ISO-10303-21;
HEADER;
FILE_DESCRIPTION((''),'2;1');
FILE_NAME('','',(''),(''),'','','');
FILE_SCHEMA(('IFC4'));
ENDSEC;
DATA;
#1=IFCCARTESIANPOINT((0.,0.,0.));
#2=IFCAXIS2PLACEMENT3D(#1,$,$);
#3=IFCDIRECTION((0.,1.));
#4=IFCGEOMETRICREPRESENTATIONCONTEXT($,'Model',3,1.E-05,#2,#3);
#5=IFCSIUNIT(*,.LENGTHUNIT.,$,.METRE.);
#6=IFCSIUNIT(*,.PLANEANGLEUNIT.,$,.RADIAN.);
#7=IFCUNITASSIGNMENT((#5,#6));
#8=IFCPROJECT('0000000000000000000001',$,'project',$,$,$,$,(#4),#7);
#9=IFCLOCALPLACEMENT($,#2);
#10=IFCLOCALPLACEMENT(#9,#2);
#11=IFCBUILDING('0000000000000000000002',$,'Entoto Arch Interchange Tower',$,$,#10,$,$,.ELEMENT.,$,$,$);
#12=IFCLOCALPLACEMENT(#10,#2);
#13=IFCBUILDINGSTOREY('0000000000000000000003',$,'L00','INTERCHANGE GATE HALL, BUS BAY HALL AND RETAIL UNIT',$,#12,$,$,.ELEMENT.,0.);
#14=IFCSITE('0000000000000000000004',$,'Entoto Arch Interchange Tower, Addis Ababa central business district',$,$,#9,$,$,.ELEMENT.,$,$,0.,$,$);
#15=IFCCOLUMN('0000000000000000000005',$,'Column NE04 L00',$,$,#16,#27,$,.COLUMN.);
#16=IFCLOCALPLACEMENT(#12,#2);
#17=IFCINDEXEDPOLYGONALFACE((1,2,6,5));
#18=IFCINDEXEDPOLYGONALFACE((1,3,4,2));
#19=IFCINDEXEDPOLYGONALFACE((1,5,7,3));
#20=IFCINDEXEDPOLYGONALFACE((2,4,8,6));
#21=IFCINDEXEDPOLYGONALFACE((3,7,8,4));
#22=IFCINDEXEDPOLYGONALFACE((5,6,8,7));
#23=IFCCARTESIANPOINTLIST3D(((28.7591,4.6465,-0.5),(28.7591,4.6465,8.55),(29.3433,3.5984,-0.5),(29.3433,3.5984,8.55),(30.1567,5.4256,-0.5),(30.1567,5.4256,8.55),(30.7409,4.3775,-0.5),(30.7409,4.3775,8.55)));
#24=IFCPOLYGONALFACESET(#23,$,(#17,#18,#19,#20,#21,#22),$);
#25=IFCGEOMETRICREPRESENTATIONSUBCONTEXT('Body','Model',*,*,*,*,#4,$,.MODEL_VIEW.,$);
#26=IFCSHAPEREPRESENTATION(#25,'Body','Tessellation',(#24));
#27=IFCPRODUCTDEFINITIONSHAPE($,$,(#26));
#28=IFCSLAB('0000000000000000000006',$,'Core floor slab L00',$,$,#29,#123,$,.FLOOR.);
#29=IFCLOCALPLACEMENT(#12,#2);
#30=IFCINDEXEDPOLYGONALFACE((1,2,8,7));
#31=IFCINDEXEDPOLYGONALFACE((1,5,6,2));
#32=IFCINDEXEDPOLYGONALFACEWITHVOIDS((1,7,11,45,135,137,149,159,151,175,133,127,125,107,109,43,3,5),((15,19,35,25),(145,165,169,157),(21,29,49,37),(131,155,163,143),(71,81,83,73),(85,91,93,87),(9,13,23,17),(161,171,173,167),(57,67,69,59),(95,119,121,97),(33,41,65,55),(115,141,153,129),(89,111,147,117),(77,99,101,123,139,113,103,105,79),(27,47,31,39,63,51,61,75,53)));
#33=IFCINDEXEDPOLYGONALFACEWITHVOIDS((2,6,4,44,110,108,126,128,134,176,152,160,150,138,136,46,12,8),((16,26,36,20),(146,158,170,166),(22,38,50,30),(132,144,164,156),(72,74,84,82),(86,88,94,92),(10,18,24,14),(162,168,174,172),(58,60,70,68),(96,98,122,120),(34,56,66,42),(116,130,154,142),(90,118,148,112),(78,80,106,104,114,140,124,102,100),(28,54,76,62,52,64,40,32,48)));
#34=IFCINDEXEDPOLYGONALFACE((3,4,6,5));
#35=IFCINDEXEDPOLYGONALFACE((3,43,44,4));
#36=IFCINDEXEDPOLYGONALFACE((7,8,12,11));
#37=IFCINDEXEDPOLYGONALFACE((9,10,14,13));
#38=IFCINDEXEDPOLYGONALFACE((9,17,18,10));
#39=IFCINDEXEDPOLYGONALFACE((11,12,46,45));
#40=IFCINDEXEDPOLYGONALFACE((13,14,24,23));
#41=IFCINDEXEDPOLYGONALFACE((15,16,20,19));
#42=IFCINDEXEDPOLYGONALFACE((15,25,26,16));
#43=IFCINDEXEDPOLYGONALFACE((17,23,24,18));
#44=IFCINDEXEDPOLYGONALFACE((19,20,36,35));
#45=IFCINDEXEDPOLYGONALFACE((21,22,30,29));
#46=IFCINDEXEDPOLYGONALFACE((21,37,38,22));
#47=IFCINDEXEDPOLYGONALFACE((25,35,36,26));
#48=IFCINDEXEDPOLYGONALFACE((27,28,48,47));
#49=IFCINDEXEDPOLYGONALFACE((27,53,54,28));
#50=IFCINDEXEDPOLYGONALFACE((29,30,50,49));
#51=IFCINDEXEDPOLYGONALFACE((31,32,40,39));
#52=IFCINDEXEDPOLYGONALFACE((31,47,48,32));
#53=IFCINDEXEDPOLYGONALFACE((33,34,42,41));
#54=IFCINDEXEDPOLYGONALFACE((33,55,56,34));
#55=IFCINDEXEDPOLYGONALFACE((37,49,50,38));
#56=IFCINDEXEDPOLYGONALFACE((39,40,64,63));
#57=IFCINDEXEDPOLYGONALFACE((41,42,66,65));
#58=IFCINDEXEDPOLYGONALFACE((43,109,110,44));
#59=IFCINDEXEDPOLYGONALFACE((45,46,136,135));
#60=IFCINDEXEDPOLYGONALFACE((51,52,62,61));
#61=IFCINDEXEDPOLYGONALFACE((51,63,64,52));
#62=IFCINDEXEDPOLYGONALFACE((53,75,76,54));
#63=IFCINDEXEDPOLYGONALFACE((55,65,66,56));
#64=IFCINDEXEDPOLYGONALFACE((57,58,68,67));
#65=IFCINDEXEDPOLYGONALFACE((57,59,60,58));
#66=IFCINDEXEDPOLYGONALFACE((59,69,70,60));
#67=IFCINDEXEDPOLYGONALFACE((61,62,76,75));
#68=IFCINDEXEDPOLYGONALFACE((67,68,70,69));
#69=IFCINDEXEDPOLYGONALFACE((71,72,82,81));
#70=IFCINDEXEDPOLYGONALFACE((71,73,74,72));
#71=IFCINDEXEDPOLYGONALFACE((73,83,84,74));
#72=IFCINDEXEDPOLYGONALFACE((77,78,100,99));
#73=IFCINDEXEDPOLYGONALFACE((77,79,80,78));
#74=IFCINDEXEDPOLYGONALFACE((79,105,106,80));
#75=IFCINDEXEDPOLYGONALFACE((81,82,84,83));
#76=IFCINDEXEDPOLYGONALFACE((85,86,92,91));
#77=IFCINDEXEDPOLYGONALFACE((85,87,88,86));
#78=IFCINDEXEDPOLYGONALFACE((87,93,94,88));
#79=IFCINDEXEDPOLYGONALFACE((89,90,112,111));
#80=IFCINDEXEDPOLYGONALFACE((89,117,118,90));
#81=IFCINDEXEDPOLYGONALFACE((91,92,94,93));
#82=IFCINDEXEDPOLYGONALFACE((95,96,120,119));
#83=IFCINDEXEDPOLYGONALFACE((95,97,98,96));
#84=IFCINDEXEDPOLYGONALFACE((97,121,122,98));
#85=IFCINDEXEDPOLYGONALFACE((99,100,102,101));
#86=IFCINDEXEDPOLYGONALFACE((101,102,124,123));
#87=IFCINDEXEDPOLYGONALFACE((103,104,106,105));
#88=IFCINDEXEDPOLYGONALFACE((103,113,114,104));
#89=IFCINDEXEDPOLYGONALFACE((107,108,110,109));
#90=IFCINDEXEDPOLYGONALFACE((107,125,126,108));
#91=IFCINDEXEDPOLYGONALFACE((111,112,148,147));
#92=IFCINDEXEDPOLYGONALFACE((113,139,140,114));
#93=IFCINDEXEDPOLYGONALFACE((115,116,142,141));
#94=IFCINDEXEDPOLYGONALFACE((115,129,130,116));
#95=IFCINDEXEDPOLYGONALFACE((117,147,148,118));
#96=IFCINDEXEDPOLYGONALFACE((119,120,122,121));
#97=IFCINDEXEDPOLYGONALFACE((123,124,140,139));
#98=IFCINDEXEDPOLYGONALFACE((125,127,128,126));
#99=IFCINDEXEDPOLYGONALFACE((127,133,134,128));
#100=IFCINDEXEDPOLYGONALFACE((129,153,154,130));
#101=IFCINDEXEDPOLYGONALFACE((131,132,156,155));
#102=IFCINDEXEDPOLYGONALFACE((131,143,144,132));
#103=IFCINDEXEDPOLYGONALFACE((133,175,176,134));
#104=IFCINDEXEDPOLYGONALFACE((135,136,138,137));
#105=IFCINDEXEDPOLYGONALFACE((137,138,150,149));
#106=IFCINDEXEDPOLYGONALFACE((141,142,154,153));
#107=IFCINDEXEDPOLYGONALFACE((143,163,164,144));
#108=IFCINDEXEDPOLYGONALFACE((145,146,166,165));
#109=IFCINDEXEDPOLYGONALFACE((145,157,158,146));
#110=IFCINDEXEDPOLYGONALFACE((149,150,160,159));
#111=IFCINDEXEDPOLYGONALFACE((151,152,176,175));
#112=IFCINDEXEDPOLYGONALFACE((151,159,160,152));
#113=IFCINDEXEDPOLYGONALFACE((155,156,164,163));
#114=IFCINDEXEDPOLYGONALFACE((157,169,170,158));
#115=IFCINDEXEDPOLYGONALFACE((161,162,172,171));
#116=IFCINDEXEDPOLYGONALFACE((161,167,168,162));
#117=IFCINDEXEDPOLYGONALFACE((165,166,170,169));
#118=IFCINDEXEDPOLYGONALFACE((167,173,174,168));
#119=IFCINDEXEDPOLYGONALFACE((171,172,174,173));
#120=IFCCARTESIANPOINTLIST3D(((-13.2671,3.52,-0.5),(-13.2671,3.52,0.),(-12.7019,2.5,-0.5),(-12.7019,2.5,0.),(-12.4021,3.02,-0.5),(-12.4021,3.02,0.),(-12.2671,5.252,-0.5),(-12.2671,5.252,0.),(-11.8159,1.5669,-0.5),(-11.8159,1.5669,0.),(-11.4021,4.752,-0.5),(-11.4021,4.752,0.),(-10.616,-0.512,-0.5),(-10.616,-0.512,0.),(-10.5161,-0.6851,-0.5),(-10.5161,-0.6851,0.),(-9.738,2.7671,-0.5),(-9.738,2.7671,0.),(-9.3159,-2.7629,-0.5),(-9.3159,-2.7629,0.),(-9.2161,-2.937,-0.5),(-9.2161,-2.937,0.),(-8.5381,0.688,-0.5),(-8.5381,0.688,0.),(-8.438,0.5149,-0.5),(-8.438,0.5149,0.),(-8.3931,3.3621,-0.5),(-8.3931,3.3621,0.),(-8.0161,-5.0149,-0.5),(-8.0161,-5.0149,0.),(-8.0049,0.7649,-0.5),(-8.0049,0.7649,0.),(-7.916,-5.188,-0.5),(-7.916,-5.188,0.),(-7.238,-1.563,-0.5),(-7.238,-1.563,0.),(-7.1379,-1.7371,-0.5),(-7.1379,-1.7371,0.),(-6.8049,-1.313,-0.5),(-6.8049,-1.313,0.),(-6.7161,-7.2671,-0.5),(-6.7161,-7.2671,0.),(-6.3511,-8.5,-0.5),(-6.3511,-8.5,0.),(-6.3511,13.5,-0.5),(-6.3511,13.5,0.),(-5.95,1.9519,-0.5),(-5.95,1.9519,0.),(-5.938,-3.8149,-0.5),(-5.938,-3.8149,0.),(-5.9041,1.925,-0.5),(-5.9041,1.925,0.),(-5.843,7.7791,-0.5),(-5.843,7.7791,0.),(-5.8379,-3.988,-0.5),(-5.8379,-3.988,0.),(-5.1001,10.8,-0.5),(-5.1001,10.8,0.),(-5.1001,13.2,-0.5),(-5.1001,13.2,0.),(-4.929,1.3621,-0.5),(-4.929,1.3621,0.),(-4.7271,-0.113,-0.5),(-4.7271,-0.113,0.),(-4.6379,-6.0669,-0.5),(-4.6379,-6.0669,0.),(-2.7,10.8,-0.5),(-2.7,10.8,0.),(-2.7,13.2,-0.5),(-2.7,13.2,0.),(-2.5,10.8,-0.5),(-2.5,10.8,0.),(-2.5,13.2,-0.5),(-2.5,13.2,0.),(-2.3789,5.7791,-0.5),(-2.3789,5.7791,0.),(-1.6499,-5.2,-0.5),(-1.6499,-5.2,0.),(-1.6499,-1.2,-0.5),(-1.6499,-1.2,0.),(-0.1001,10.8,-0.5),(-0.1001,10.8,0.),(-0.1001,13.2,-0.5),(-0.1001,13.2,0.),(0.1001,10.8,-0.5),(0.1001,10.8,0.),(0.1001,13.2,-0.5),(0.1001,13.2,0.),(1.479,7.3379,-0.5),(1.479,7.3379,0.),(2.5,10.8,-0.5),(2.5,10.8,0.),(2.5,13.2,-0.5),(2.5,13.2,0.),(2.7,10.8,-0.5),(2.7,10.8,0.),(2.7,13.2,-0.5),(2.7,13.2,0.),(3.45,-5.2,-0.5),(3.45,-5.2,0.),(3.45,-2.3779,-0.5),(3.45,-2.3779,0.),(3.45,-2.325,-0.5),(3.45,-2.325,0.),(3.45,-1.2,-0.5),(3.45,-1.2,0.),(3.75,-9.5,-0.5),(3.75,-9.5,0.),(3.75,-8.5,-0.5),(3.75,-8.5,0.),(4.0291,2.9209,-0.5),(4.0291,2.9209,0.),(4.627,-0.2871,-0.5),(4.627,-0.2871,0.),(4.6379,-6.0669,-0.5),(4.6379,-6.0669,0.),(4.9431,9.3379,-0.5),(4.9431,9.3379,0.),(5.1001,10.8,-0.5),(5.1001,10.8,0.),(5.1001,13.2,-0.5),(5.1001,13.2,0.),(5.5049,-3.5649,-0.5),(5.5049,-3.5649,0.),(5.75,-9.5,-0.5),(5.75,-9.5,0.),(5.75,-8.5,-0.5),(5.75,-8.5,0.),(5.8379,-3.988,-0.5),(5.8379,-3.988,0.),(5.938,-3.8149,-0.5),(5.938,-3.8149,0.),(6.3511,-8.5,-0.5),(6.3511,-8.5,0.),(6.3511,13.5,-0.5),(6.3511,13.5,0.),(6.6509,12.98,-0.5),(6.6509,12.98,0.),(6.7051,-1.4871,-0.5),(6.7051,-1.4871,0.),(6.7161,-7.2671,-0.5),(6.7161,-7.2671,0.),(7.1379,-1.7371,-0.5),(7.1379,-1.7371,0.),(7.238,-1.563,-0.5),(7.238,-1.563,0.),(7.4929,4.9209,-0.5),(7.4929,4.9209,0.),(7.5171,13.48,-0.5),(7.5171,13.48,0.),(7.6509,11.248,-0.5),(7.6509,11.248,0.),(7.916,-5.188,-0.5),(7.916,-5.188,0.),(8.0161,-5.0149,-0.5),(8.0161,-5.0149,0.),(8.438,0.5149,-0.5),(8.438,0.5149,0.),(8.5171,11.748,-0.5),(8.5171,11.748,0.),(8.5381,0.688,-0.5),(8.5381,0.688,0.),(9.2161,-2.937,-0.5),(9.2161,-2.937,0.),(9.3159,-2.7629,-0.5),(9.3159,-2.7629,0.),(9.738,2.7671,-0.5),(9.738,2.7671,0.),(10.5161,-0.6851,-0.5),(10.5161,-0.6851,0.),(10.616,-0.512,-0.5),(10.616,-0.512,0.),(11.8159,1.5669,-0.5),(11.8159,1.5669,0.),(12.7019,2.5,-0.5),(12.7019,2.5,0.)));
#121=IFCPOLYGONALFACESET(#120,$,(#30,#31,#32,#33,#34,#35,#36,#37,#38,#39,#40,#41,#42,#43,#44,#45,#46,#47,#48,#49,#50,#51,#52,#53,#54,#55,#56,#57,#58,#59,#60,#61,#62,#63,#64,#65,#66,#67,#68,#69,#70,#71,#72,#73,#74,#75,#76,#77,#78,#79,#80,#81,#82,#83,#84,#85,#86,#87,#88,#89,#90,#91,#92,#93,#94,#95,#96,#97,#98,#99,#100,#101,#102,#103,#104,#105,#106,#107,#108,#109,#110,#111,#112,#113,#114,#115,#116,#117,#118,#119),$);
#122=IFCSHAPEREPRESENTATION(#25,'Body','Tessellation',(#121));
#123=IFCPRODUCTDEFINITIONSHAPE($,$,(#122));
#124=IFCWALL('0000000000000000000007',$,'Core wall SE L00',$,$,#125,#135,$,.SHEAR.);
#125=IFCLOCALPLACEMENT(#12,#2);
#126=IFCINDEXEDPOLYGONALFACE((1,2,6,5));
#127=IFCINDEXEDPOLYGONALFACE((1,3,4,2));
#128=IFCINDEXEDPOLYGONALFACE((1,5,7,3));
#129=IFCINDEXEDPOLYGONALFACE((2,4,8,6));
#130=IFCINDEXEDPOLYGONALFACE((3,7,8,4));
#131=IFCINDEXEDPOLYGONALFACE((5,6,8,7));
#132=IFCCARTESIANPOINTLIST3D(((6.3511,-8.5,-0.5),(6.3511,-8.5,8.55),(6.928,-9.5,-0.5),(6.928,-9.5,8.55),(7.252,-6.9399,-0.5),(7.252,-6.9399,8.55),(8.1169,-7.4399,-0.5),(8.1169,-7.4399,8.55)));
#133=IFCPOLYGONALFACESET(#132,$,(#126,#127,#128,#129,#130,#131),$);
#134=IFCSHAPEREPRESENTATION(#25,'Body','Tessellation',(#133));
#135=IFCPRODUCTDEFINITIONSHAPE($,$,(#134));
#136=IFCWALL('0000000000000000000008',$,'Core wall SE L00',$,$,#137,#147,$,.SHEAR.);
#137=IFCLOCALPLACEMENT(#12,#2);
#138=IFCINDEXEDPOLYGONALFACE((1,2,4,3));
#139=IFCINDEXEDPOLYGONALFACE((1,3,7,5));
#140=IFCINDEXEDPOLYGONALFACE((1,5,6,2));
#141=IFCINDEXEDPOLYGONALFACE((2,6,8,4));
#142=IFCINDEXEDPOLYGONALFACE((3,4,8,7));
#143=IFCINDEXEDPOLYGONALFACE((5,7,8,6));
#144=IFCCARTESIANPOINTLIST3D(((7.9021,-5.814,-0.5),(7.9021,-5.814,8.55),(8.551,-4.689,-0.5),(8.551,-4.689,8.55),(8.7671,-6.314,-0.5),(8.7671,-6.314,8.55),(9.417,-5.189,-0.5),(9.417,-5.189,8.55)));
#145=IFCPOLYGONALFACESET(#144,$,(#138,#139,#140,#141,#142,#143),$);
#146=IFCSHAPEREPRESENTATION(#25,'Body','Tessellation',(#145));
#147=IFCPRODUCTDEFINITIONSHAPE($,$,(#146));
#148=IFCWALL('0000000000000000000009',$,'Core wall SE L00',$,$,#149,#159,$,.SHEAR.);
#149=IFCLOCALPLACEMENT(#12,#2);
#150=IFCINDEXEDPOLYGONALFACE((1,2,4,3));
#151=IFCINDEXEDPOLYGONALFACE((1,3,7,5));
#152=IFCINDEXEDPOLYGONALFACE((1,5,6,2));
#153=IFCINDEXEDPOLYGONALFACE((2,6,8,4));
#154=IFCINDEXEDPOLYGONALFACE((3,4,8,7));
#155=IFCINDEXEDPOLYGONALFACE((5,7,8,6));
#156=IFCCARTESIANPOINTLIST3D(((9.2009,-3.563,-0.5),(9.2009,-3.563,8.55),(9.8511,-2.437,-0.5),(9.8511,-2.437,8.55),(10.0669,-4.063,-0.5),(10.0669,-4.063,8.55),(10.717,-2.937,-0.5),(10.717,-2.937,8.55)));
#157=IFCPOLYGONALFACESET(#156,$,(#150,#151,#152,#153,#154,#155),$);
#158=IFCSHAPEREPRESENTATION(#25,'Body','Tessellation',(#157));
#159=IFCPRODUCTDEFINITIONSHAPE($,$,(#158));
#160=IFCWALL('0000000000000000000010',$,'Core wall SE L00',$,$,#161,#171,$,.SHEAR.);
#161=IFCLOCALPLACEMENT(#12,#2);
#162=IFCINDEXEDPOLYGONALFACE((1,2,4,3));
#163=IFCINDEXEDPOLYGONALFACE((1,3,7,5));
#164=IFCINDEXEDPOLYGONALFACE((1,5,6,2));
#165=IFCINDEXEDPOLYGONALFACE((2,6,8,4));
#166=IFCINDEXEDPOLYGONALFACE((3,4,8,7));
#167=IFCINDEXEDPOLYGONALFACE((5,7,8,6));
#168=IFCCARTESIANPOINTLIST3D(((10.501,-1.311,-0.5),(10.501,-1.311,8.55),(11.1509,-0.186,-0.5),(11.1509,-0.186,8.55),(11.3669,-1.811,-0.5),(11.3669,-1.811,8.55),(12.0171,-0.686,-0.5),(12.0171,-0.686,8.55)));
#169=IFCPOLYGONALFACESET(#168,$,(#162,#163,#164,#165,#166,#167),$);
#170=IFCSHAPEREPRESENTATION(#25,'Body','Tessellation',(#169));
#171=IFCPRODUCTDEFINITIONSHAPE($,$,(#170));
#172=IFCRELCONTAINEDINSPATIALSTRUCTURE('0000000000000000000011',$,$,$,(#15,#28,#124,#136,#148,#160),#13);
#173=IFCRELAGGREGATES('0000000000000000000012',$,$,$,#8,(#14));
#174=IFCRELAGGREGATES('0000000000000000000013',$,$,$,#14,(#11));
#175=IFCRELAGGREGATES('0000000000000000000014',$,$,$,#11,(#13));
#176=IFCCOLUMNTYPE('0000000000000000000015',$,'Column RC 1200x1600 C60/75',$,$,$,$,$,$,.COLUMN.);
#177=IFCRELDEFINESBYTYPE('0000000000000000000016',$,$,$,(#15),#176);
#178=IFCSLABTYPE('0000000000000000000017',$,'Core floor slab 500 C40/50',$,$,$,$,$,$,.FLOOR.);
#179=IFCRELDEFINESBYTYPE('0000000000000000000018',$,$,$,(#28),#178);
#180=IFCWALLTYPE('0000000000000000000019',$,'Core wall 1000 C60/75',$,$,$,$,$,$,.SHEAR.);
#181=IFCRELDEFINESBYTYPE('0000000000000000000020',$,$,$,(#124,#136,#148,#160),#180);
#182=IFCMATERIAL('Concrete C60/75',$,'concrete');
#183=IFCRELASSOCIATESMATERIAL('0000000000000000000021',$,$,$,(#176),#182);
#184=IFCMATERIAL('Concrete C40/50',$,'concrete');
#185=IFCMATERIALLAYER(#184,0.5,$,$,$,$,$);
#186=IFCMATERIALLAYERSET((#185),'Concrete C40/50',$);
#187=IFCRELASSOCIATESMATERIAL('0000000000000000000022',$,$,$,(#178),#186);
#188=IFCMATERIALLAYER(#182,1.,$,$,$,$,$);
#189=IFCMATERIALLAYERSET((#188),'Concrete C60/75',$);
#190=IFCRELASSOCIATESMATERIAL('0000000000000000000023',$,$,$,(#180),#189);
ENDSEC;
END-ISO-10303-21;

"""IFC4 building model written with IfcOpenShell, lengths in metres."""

from ifc_helpers import new_model, si_unit, direction, frame, origin, origin_2d, place, context, subcontext, project, spatial, polyline, rectangle, outline, extrude, material, layer, layer_set, material_profile, profile_set, type_object, element, save


model = new_model("IFC4")

# Units and contexts
model_context = context("Model", 3, precision=1e-05, world=origin(), true_north=direction((0.0, 1.0)))
body_context = subcontext(model_context, "Body", "Model", "MODEL_VIEW")
ifc_project = project(units=[si_unit("LENGTHUNIT", "METRE"), si_unit("PLANEANGLEUNIT", "RADIAN")], contexts=[model_context])

# Site, building, storey
site_placement = place(None, origin())
site = spatial("IfcSite", under=ifc_project, at=site_placement, Name="Entoto Arch Interchange Tower, Addis Ababa central business district", CompositionType="ELEMENT", RefElevation=0.0)
building_placement = place(site_placement, origin())
building = spatial("IfcBuilding", under=site, at=building_placement, Name="Entoto Arch Interchange Tower", CompositionType="ELEMENT")
storey_placement = place(building_placement, origin())
storey = spatial("IfcBuildingStorey", under=building, at=storey_placement, Name="L00", Description="INTERCHANGE GATE HALL, BUS BAY HALL AND RETAIL UNIT", CompositionType="ELEMENT", Elevation=0.0)

# Column
ifc_material_1 = material(Name="Concrete C60/75", Category="concrete")
ifc_material_profile = material_profile(ifc_material_1, rectangle(XDim=1.2, YDim=1.6001, at=origin_2d()))
ifc_profile_set = profile_set([ifc_material_profile], Name="Concrete C60/75")
column_type = type_object("IfcColumnType", Name="Column RC 1200x1600 C60/75", PredefinedType="COLUMN", material=ifc_profile_set)
column_placement = place(storey_placement, frame((29.75, 4.512, -0.5), z_axis=(0.0, 0.0, 1.0), x_axis=(-0.486915, 0.873449, 0.0)))
element("IfcColumn", 1, at=column_placement, inside=storey, type_object=column_type, Name="Column NE04 L00", PredefinedType="COLUMN", context=body_context, shape_type="SweptSolid", body=[
    extrude(rectangle(XDim=1.2, YDim=1.6001, at=origin_2d()), origin(), (0.0, 0.0, 1.0), 9.05),
])

# Slab
ifc_material_2 = material(Name="Concrete C40/50", Category="concrete")
ifc_layer_1 = layer(ifc_material_2, 0.5)
ifc_layer_set_1 = layer_set([ifc_layer_1], Name="Concrete C40/50")
slab_type = type_object("IfcSlabType", Name="Core floor slab 500 C40/50", PredefinedType="FLOOR", material=ifc_layer_set_1)
slab_placement = place(storey_placement, frame((0.0, 0.0, -0.5)))
element("IfcSlab", 2, at=slab_placement, inside=storey, type_object=slab_type, Name="Core floor slab L00", PredefinedType="FLOOR", context=body_context, shape_type="SweptSolid", body=[
    extrude(outline(polyline([(5.75, -9.5), (3.75, -9.5), (3.75, -8.5), (-6.3511, -8.5), (-12.7019, 2.5), (-12.4021, 3.02), (-13.2671, 3.52), (-12.2671, 5.252), (-11.4021, 4.752), (-6.3511, 13.5), (6.3511, 13.5), (6.6509, 12.98), (7.5171, 13.48), (8.5171, 11.748), (7.6509, 11.248), (12.7019, 2.5), (6.3511, -8.5), (5.75, -8.5), (5.75, -9.5)]), holes=[polyline([(-4.6379, -6.0669), (-5.8379, -3.988), (-7.916, -5.188), (-6.7161, -7.2671), (-4.6379, -6.0669)]), polyline([(-5.938, -3.8149), (-7.1379, -1.7371), (-9.2161, -2.937), (-8.0161, -5.0149), (-5.938, -3.8149)]), polyline([(5.5049, -3.5649), (6.7051, -1.4871), (4.627, -0.2871), (3.45, -2.325), (3.45, -1.2), (-1.6499, -1.2), (-1.6499, -5.2), (3.45, -5.2), (3.45, -2.3779), (5.5049, -3.5649)]), polyline([(-7.238, -1.563), (-8.438, 0.5149), (-10.5161, -0.6851), (-9.3159, -2.7629), (-7.238, -1.563)]), polyline([(-4.7271, -0.113), (-5.9041, 1.925), (-4.929, 1.3621), (-2.3789, 5.7791), (-5.843, 7.7791), (-8.3931, 3.3621), (-5.95, 1.9519), (-8.0049, 0.7649), (-6.8049, -1.313), (-4.7271, -0.113)]), polyline([(-8.5381, 0.688), (-9.738, 2.7671), (-11.8159, 1.5669), (-10.616, -0.512), (-8.5381, 0.688)]), polyline([(-5.1001, 10.8), (-2.7, 10.8), (-2.7, 13.2), (-5.1001, 13.2), (-5.1001, 10.8)]), polyline([(-2.5, 10.8), (-0.1001, 10.8), (-0.1001, 13.2), (-2.5, 13.2), (-2.5, 10.8)]), polyline([(5.8379, -3.988), (4.6379, -6.0669), (6.7161, -7.2671), (7.916, -5.188), (5.8379, -3.988)]), polyline([(7.1379, -1.7371), (5.938, -3.8149), (8.0161, -5.0149), (9.2161, -2.937), (7.1379, -1.7371)]), polyline([(8.438, 0.5149), (7.238, -1.563), (9.3159, -2.7629), (10.5161, -0.6851), (8.438, 0.5149)]), polyline([(9.738, 2.7671), (8.5381, 0.688), (10.616, -0.512), (11.8159, 1.5669), (9.738, 2.7671)]), polyline([(4.0291, 2.9209), (7.4929, 4.9209), (4.9431, 9.3379), (1.479, 7.3379), (4.0291, 2.9209)]), polyline([(0.1001, 13.2), (0.1001, 10.8), (2.5, 10.8), (2.5, 13.2), (0.1001, 13.2)]), polyline([(2.7, 13.2), (2.7, 10.8), (5.1001, 10.8), (5.1001, 13.2), (2.7, 13.2)])]), origin(), (0.0, 0.0, 1.0), 0.5),
])

# Walls
ifc_layer_2 = layer(ifc_material_1, 1.0)
ifc_layer_set_2 = layer_set([ifc_layer_2], Name="Concrete C60/75")
wall_type_1 = type_object("IfcWallType", Name="Core wall 1000 C60/75", PredefinedType="SHEAR", material=ifc_layer_set_2)
wall_1_placement = place(storey_placement, frame((0.0, 0.0, -0.5)))
element("IfcWall", 3, at=wall_1_placement, inside=storey, type_object=wall_type_1, Name="Core wall SE L00", PredefinedType="SHEAR", context=body_context, shape_type="SweptSolid", body=[
    extrude(outline(polyline([(8.1169, -7.4399), (7.252, -6.9399), (6.3511, -8.5), (6.928, -9.5), (8.1169, -7.4399)])), origin(), (0.0, 0.0, 1.0), 9.05),
])
wall_2_placement = place(storey_placement, frame((0.0, 0.0, -0.5)))
element("IfcWall", 4, at=wall_2_placement, inside=storey, type_object=wall_type_1, Name="Core wall SE L00", PredefinedType="SHEAR", context=body_context, shape_type="SweptSolid", body=[
    extrude(outline(polyline([(9.417, -5.189), (8.551, -4.689), (7.9021, -5.814), (8.7671, -6.314), (9.417, -5.189)])), origin(), (0.0, 0.0, 1.0), 9.05),
])
wall_3_placement = place(storey_placement, frame((0.0, 0.0, -0.5)))
element("IfcWall", 5, at=wall_3_placement, inside=storey, type_object=wall_type_1, Name="Core wall SE L00", PredefinedType="SHEAR", context=body_context, shape_type="SweptSolid", body=[
    extrude(outline(polyline([(10.717, -2.937), (9.8511, -2.437), (9.2009, -3.563), (10.0669, -4.063), (10.717, -2.937)])), origin(), (0.0, 0.0, 1.0), 9.05),
])
wall_4_placement = place(storey_placement, frame((0.0, 0.0, -0.5)))
element("IfcWall", 6, at=wall_4_placement, inside=storey, type_object=wall_type_1, Name="Core wall SE L00", PredefinedType="SHEAR", context=body_context, shape_type="SweptSolid", body=[
    extrude(outline(polyline([(12.0171, -0.686), (11.1509, -0.186), (10.501, -1.311), (11.3669, -1.811), (12.0171, -0.686)])), origin(), (0.0, 0.0, 1.0), 9.05),
])

save(model, "model.ifc")
